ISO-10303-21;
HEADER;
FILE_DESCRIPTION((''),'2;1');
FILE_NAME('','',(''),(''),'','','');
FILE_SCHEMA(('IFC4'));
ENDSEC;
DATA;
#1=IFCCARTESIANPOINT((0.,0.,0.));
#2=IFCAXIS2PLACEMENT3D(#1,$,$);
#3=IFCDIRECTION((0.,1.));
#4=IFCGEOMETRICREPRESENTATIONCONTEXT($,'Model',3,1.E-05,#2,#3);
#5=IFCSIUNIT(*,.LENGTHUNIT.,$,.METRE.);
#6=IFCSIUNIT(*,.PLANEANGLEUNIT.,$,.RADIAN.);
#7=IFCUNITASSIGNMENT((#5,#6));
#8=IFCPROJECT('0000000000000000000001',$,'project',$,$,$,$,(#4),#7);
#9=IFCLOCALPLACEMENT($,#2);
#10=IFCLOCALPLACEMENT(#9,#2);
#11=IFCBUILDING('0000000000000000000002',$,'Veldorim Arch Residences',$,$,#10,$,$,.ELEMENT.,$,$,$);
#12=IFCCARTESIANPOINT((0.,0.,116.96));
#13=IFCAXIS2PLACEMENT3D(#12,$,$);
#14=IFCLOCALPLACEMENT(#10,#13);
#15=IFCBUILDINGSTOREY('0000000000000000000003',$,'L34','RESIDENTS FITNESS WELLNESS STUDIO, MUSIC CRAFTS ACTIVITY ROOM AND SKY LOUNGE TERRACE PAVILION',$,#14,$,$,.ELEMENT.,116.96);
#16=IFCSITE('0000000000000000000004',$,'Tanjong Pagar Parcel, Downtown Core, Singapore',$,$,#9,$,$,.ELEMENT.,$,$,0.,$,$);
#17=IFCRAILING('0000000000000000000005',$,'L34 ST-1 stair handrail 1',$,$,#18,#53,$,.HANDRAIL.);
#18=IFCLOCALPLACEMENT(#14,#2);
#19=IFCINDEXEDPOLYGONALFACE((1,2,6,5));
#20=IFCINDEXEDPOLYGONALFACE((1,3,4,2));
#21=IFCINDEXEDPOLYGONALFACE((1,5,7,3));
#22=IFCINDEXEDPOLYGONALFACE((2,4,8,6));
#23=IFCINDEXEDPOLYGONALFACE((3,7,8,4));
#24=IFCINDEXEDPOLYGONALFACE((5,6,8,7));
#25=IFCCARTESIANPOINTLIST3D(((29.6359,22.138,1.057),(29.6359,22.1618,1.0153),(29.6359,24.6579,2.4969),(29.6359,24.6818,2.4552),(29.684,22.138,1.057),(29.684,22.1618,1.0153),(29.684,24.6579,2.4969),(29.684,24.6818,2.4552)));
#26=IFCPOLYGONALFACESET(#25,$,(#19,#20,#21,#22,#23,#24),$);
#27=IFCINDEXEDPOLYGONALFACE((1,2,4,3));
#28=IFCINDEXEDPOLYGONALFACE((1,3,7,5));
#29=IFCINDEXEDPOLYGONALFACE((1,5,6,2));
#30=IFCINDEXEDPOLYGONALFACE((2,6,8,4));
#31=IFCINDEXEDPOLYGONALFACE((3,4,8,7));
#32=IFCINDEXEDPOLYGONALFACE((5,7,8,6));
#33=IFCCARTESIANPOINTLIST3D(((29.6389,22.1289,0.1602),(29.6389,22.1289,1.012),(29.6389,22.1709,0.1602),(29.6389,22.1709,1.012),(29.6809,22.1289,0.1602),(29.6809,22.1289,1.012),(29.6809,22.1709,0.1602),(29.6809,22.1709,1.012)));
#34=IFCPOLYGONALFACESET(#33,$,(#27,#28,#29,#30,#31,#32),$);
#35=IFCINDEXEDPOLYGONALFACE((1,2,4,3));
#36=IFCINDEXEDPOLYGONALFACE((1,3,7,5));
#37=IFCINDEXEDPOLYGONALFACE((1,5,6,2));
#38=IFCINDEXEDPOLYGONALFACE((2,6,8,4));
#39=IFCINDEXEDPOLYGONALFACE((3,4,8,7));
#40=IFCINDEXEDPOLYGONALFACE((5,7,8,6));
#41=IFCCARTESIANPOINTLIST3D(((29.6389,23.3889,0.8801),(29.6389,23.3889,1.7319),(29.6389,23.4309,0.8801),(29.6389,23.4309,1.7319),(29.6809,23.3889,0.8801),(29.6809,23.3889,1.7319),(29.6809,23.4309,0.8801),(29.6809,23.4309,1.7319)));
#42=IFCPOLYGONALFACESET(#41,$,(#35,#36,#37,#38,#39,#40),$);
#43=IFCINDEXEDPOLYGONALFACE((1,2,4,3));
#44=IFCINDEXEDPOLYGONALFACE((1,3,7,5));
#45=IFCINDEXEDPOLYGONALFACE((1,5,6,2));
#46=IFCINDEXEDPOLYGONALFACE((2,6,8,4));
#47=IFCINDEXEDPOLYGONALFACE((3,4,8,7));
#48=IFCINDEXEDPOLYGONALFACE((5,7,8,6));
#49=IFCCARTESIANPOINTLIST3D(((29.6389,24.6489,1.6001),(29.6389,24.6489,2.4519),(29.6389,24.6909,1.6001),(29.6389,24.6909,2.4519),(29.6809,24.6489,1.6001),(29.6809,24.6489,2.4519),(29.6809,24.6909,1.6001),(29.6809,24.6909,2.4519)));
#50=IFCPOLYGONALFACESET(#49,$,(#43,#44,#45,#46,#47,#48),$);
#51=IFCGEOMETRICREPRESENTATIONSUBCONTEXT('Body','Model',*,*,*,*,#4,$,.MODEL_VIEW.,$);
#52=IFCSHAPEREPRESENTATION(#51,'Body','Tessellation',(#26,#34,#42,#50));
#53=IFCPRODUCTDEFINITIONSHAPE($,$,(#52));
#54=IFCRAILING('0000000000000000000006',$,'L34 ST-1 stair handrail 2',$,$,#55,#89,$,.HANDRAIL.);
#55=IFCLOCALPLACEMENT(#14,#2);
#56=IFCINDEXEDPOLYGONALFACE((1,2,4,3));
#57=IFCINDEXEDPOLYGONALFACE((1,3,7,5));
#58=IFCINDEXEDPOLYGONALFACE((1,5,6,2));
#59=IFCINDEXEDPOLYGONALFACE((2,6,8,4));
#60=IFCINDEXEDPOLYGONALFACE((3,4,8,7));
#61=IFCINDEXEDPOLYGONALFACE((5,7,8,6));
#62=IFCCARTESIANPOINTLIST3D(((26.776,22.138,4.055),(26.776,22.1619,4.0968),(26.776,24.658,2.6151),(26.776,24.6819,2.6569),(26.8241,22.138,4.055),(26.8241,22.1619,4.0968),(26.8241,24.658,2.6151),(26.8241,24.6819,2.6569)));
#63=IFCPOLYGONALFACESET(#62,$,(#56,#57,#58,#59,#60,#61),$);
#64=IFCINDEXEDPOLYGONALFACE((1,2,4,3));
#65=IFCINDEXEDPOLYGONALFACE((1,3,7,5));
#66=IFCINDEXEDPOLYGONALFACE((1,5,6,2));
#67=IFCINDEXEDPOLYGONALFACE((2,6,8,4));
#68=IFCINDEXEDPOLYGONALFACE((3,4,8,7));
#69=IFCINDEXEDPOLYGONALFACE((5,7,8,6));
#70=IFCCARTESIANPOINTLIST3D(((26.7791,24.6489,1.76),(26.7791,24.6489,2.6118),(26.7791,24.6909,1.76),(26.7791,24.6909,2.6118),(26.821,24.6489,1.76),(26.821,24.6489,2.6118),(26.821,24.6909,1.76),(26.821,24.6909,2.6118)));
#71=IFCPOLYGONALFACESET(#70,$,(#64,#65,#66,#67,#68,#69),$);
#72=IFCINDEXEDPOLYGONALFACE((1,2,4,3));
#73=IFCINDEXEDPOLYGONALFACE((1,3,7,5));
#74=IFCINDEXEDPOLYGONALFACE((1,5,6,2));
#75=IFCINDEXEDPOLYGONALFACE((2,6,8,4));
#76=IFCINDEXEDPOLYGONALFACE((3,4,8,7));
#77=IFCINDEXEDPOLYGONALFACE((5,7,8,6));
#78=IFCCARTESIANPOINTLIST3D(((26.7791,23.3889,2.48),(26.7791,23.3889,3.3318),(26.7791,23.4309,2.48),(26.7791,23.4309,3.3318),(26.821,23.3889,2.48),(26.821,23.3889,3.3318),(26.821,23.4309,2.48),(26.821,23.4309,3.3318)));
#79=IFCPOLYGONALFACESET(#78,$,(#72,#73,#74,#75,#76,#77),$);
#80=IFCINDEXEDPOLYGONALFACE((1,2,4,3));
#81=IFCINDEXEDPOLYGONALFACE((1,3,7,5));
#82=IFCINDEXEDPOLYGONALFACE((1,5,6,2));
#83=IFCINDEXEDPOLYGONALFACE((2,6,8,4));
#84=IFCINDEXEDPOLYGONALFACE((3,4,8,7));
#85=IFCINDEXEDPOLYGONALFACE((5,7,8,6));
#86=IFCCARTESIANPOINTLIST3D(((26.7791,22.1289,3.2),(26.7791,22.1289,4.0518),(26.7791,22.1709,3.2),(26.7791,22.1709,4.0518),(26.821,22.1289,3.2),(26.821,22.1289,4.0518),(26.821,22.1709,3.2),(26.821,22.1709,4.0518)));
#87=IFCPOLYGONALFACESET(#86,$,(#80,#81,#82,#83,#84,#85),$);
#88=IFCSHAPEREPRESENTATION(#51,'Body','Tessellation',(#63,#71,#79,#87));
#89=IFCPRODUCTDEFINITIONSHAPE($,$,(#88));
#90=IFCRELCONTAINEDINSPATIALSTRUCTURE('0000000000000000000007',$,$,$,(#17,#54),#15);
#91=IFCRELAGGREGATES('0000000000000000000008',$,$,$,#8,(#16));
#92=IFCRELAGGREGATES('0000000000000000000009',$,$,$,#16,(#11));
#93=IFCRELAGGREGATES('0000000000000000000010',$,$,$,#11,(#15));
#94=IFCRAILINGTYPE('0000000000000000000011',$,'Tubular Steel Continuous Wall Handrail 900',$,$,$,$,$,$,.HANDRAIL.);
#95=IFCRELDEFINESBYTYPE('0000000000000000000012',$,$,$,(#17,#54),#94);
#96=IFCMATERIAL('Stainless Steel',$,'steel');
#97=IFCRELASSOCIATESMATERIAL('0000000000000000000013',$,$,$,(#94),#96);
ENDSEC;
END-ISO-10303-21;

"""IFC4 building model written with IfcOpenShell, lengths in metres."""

from ifc_helpers import new_model, si_unit, direction, frame, origin, origin_2d, place, context, subcontext, project, spatial, rectangle, extrude, material, type_object, element, save


model = new_model("IFC4")

# Units and contexts
model_context = context("Model", 3, precision=1e-05, world=origin(), true_north=direction((0.0, 1.0)))
body_context = subcontext(model_context, "Body", "Model", "MODEL_VIEW")
ifc_project = project(units=[si_unit("LENGTHUNIT", "METRE"), si_unit("PLANEANGLEUNIT", "RADIAN")], contexts=[model_context])

# Site, building, storey
site_placement = place(None, origin())
site = spatial("IfcSite", under=ifc_project, at=site_placement, Name="Tanjong Pagar Parcel, Downtown Core, Singapore", CompositionType="ELEMENT", RefElevation=0.0)
building_placement = place(site_placement, origin())
building = spatial("IfcBuilding", under=site, at=building_placement, Name="Veldorim Arch Residences", CompositionType="ELEMENT")
storey_placement = place(building_placement, frame((0.0, 0.0, 116.96)))
storey = spatial("IfcBuildingStorey", under=building, at=storey_placement, Name="L34", Description="RESIDENTS FITNESS WELLNESS STUDIO, MUSIC CRAFTS ACTIVITY ROOM AND SKY LOUNGE TERRACE PAVILION", CompositionType="ELEMENT", Elevation=116.96)

# Railings
ifc_material_1 = material(Name="Stainless Steel", Category="steel")
railing_type_1 = type_object("IfcRailingType", Name="Tubular Steel Continuous Wall Handrail 900", PredefinedType="HANDRAIL", material=ifc_material_1)
railing_1_placement = place(storey_placement, frame((29.6599, 22.1499, 0.1602)))
element("IfcRailing", 1, at=railing_1_placement, inside=storey, type_object=railing_type_1, Name="L34 ST-1 stair handrail 1", PredefinedType="HANDRAIL", context=body_context, shape_type="SweptSolid", body=[
    extrude(rectangle(XDim=0.0481, YDim=0.0481, at=origin_2d()), frame((0.0, 0.0, 0.876), z_axis=(0.0, 0.868253, 0.496121), x_axis=(-1.0, 0.0, 0.0)), (0.0, 0.0, 1.0), 2.9023),
    extrude(rectangle(XDim=0.042, YDim=0.042, at=origin_2d()), origin(), (0.0, 0.0, 1.0), 0.8518),
    extrude(rectangle(XDim=0.042, YDim=0.042, at=origin_2d()), frame((0.0, 1.26, 0.72)), (0.0, 0.0, 1.0), 0.8518),
    extrude(rectangle(XDim=0.042, YDim=0.042, at=origin_2d()), frame((0.0, 2.52, 1.4399)), (0.0, 0.0, 1.0), 0.8518),
])
railing_2_placement = place(storey_placement, frame((26.8, 24.6699, 1.76)))
element("IfcRailing", 2, at=railing_2_placement, inside=storey, type_object=railing_type_1, Name="L34 ST-1 stair handrail 2", PredefinedType="HANDRAIL", context=body_context, shape_type="SweptSolid", body=[
    extrude(rectangle(XDim=0.0481, YDim=0.0481, at=origin_2d()), frame((0.0, 0.0, 0.876), z_axis=(0.0, -0.868253, 0.496121), x_axis=(1.0, 0.0, 0.0)), (0.0, 0.0, 1.0), 2.9023),
    extrude(rectangle(XDim=0.042, YDim=0.042, at=origin_2d()), origin(), (0.0, 0.0, 1.0), 0.8518),
    extrude(rectangle(XDim=0.042, YDim=0.042, at=origin_2d()), frame((0.0, -1.26, 0.72)), (0.0, 0.0, 1.0), 0.8518),
    extrude(rectangle(XDim=0.042, YDim=0.042, at=origin_2d()), frame((0.0, -2.52, 1.4399)), (0.0, 0.0, 1.0), 0.8518),
])

save(model, "model.ifc")
